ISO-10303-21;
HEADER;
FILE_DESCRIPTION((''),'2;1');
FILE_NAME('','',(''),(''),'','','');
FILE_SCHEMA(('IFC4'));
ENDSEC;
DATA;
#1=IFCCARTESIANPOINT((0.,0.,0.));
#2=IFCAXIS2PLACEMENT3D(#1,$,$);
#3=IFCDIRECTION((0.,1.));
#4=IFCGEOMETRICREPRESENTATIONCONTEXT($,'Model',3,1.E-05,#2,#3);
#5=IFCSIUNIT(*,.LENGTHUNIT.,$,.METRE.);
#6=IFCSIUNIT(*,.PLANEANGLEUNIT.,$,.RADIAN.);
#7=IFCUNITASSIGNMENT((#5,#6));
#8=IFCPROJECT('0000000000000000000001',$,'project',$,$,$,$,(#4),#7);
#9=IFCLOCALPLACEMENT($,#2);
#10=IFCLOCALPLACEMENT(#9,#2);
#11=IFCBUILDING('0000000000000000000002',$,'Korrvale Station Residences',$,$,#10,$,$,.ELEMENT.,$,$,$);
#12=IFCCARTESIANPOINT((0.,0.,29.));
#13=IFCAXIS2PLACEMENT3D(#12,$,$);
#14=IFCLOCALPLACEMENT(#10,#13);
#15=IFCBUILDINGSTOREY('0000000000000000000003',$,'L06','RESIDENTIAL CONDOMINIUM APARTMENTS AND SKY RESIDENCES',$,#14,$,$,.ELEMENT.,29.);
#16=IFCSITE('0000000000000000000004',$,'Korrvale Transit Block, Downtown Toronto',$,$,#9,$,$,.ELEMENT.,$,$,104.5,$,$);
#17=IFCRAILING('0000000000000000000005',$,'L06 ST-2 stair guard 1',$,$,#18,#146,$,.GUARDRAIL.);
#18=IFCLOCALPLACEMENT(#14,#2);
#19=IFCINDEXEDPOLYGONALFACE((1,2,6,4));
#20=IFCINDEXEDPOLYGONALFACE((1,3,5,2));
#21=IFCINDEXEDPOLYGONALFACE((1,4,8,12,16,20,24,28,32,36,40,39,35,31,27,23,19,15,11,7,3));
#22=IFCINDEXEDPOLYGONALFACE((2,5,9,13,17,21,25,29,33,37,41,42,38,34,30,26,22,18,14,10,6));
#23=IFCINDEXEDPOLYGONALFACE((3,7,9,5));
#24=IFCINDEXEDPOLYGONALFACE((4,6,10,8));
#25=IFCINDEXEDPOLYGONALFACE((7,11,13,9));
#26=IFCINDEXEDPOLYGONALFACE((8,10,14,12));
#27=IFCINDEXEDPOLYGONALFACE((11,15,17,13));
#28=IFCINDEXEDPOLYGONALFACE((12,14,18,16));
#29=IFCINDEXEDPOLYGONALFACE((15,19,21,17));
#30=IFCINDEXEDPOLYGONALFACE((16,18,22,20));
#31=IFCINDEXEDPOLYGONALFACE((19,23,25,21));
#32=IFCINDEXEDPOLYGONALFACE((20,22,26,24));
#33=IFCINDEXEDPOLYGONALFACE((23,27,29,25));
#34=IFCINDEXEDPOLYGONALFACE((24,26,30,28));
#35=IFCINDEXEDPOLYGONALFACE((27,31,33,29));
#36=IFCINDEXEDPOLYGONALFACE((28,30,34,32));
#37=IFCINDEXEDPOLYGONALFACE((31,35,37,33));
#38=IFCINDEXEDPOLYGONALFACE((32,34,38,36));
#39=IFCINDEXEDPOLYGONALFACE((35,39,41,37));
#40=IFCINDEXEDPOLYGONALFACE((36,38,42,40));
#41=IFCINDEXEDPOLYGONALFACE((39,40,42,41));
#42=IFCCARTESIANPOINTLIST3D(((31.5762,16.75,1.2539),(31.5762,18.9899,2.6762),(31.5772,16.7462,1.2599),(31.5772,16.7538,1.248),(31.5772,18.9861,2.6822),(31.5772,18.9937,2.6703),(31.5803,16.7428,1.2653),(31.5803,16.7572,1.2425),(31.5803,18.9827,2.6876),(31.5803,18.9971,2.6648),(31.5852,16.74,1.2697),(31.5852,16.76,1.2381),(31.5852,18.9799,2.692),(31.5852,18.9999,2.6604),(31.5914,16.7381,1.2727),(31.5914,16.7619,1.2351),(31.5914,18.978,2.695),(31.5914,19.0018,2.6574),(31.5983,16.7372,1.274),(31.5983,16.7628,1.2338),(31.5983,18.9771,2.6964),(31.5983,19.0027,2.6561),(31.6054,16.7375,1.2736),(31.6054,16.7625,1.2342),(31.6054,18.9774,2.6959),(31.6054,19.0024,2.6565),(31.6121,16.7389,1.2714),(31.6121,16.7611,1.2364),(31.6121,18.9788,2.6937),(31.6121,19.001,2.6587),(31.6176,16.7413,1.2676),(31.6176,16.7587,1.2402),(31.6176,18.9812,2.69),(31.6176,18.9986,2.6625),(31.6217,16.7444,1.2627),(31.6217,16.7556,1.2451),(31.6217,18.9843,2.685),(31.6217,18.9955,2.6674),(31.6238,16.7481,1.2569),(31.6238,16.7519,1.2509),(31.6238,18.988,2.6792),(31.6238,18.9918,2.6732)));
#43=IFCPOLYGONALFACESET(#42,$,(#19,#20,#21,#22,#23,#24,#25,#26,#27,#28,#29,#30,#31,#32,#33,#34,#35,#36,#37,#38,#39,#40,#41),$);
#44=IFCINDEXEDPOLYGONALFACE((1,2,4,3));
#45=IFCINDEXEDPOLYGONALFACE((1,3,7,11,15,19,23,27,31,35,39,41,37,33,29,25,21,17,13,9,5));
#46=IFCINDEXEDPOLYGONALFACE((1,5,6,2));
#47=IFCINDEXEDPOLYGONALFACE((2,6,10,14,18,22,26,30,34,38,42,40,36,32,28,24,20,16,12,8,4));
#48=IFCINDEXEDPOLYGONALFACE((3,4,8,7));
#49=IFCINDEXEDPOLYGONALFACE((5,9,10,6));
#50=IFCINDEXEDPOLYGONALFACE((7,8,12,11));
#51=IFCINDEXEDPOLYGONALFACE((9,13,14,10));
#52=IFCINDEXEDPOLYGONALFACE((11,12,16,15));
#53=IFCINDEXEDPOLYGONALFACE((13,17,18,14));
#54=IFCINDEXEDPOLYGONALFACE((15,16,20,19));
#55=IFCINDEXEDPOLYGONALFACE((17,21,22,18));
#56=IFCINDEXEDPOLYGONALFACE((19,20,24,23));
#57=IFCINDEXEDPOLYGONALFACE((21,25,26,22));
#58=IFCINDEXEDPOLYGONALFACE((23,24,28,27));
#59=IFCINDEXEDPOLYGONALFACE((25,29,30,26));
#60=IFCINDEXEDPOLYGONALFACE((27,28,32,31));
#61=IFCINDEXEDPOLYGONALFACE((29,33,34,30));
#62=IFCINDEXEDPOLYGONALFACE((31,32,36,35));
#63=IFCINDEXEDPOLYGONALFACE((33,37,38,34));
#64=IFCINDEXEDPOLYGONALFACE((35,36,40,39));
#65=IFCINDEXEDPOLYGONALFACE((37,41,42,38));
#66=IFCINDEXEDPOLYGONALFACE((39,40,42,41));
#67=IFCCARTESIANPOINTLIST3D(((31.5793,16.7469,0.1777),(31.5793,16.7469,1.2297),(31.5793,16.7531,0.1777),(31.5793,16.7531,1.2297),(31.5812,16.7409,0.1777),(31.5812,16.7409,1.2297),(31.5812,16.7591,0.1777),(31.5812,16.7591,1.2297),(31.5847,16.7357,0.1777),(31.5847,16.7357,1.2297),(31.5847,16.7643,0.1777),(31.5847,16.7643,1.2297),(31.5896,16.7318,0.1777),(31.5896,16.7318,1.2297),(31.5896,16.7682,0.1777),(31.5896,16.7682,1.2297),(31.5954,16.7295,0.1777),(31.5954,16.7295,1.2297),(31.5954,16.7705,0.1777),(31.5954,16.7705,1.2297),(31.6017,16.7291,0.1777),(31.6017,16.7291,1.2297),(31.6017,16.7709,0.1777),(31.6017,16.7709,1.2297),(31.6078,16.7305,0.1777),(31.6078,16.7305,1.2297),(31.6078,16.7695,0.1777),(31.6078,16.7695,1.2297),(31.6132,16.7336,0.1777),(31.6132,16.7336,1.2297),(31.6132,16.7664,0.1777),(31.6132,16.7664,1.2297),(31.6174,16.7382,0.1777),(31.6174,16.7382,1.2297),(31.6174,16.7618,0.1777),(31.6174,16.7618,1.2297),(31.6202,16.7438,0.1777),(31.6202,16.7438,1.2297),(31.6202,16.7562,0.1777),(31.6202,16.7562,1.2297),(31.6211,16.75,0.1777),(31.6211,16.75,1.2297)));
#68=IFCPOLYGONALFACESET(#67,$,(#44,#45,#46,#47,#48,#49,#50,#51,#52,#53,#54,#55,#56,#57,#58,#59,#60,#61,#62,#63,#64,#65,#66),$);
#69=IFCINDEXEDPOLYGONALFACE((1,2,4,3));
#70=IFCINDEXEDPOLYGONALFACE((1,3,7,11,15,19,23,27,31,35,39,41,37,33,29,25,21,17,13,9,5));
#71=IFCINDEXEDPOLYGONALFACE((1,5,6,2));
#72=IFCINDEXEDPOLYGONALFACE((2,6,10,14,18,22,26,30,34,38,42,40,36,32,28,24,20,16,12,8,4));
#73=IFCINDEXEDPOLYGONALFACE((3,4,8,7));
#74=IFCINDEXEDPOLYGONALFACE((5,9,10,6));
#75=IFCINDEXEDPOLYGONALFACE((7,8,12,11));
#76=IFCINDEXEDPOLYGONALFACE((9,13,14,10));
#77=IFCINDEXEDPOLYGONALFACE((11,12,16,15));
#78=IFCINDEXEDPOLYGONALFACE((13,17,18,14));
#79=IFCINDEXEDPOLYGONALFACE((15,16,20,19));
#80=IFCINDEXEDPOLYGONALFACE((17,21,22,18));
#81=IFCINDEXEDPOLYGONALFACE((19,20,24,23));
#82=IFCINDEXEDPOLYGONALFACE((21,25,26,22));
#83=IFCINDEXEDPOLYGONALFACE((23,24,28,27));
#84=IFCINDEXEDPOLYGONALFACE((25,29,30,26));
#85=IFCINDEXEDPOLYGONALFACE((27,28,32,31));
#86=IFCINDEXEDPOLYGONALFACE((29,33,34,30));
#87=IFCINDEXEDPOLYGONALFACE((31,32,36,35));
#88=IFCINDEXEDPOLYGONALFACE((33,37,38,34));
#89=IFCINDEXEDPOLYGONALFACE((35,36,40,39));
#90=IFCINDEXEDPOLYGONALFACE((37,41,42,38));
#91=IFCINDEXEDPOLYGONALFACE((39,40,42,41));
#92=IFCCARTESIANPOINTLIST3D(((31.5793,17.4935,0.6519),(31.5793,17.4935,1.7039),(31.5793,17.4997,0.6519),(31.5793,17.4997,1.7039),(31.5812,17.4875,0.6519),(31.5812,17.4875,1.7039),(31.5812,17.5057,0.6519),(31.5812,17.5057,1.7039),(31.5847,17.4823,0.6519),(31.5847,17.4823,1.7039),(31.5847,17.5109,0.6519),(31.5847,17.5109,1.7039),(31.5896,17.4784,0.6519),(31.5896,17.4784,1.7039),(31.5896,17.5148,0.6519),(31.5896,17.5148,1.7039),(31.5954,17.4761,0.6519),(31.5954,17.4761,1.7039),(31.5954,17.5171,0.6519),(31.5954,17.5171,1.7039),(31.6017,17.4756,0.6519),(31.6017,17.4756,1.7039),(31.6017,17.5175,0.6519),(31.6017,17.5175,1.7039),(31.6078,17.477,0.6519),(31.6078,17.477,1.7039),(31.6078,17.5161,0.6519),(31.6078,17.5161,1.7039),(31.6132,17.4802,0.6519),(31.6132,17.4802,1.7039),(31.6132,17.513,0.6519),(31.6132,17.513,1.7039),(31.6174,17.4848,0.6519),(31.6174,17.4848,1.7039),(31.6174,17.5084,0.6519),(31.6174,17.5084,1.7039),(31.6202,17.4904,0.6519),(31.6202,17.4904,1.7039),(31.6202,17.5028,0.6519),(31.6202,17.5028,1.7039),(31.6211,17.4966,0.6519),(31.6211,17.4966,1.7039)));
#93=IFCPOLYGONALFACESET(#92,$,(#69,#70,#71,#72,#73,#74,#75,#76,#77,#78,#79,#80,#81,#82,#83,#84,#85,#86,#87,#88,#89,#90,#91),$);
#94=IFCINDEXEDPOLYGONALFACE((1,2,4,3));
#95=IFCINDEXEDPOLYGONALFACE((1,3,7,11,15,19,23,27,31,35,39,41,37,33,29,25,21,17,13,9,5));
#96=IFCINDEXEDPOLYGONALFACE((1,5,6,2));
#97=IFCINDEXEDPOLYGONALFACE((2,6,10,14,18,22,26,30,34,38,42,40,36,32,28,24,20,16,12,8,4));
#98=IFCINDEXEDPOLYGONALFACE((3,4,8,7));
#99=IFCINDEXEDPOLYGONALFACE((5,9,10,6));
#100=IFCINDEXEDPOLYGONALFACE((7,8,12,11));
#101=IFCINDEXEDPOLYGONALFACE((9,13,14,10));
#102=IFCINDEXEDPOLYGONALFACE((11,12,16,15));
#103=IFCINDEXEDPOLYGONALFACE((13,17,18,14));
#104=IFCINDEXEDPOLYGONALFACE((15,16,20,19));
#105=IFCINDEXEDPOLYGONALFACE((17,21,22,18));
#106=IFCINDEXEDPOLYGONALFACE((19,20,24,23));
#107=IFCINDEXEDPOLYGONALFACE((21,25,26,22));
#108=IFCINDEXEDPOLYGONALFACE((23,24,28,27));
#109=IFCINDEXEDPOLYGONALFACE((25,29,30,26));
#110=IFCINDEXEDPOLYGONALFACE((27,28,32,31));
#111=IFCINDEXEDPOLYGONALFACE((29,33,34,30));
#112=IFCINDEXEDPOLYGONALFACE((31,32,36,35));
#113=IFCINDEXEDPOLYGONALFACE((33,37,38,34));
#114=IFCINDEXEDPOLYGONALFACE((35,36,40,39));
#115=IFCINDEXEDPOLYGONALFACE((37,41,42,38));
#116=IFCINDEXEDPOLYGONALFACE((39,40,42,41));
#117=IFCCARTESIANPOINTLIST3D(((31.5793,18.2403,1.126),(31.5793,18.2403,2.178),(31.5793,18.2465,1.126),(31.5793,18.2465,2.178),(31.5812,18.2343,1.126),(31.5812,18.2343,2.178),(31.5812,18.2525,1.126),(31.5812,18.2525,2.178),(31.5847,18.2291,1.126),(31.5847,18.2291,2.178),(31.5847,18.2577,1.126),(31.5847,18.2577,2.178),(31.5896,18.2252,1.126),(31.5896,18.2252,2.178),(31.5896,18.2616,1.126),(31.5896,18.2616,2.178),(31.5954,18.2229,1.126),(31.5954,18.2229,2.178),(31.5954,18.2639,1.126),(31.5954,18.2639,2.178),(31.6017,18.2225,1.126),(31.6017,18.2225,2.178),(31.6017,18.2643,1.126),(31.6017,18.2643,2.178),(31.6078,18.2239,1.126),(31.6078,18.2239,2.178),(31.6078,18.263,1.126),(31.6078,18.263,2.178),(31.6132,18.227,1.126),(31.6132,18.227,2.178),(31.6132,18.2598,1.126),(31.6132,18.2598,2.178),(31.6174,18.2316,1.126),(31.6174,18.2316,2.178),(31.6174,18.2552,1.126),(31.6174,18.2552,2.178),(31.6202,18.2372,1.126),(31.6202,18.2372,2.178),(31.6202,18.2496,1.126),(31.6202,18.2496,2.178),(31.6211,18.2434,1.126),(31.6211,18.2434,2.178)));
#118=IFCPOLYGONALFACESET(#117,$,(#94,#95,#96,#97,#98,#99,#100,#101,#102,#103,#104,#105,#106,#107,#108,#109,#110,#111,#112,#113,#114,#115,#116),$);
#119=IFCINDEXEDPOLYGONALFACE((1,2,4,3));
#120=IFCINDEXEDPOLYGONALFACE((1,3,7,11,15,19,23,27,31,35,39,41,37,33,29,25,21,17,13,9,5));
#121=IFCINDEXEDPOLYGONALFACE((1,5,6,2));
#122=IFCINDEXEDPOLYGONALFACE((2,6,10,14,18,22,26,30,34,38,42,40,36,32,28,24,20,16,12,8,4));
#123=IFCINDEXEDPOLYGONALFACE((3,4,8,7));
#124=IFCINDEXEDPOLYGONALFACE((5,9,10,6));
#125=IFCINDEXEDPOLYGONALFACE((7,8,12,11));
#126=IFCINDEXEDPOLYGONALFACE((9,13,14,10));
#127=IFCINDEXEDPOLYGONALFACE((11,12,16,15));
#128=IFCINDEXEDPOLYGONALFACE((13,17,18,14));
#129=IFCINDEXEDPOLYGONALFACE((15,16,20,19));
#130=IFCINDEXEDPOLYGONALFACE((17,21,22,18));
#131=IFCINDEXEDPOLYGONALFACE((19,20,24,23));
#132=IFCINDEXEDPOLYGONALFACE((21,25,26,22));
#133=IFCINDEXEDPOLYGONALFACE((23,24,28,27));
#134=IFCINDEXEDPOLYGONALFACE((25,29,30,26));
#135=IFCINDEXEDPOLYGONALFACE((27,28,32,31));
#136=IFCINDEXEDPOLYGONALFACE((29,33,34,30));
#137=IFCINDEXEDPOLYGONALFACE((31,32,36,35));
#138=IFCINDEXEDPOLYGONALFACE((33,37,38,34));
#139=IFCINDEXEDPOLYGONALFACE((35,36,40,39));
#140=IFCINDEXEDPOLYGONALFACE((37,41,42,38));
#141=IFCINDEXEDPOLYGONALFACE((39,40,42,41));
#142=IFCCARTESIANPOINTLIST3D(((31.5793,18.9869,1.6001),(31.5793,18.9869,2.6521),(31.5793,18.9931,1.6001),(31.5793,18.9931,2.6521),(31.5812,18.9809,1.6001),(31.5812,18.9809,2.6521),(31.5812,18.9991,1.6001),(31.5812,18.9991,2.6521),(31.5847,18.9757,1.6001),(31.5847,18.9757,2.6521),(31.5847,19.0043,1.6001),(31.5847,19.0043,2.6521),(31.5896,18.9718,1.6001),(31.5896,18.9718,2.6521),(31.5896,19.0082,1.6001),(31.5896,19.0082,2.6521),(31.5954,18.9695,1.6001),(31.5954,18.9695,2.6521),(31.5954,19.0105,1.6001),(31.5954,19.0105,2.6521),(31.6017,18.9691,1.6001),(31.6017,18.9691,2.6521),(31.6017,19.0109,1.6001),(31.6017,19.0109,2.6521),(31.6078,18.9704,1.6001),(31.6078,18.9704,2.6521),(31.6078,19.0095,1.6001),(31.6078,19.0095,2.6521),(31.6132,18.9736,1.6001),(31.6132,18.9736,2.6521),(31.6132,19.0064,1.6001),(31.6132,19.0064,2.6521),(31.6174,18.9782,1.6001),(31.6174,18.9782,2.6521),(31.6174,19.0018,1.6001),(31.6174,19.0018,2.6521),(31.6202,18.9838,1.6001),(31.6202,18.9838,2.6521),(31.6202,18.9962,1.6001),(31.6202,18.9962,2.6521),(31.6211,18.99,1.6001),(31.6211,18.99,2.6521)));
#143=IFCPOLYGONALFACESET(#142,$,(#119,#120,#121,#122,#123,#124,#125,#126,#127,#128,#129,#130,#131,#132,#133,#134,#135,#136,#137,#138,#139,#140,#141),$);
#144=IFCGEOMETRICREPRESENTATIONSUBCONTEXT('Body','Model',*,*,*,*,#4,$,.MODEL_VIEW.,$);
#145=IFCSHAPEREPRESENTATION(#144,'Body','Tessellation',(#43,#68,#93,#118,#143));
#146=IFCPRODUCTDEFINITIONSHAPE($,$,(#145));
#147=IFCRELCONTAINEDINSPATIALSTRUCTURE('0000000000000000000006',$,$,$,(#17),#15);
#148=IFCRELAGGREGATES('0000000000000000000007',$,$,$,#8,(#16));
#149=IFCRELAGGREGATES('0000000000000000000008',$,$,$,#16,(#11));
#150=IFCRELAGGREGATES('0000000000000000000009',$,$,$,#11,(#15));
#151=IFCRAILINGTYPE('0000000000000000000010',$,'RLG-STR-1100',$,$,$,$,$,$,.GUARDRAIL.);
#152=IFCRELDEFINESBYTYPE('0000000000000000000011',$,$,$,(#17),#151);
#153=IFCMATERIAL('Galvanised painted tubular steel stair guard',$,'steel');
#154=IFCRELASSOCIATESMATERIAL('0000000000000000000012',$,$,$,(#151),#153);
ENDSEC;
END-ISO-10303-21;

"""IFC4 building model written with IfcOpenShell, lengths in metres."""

from ifc_helpers import new_model, si_unit, direction, frame, origin, origin_2d, place, context, subcontext, project, spatial, circle, extrude, material, type_object, element, save


model = new_model("IFC4")

# Units and contexts
model_context = context("Model", 3, precision=1e-05, world=origin(), true_north=direction((0.0, 1.0)))
body_context = subcontext(model_context, "Body", "Model", "MODEL_VIEW")
ifc_project = project(units=[si_unit("LENGTHUNIT", "METRE"), si_unit("PLANEANGLEUNIT", "RADIAN")], contexts=[model_context])

# Site, building, storey
site_placement = place(None, origin())
site = spatial("IfcSite", under=ifc_project, at=site_placement, Name="Korrvale Transit Block, Downtown Toronto", CompositionType="ELEMENT", RefElevation=104.5)
building_placement = place(site_placement, origin())
building = spatial("IfcBuilding", under=site, at=building_placement, Name="Korrvale Station Residences", CompositionType="ELEMENT")
storey_placement = place(building_placement, frame((0.0, 0.0, 29.0)))
storey = spatial("IfcBuildingStorey", under=building, at=storey_placement, Name="L06", Description="RESIDENTIAL CONDOMINIUM APARTMENTS AND SKY RESIDENCES", CompositionType="ELEMENT", Elevation=29.0)

# Railing
ifc_material_1 = material(Name="Galvanised painted tubular steel stair guard", Category="steel")
railing_type_1 = type_object("IfcRailingType", Name="RLG-STR-1100", PredefinedType="GUARDRAIL", material=ifc_material_1)
railing_1_placement = place(storey_placement, frame((31.6001, 16.75, 0.1777)))
element("IfcRailing", 1, at=railing_1_placement, inside=storey, type_object=railing_type_1, Name="L06 ST-2 stair guard 1", PredefinedType="GUARDRAIL", context=body_context, shape_type="SweptSolid", body=[
    extrude(circle(Radius=0.0239, at=origin_2d()), frame((0.0, 0.0, 1.0762), z_axis=(0.0, 0.844188, 0.536048), x_axis=(-1.0, 0.0, 0.0)), (0.0, 0.0, 1.0), 2.6533),
    extrude(circle(Radius=0.021, at=origin_2d()), origin(), (0.0, 0.0, 1.0), 1.052),
    extrude(circle(Radius=0.021, at=origin_2d()), frame((0.0, 0.7466, 0.4741)), (0.0, 0.0, 1.0), 1.052),
    extrude(circle(Radius=0.021, at=origin_2d()), frame((0.0, 1.4934, 0.9482)), (0.0, 0.0, 1.0), 1.052),
    extrude(circle(Radius=0.021, at=origin_2d()), frame((0.0, 2.24, 1.4224)), (0.0, 0.0, 1.0), 1.052),
])

save(model, "model.ifc")
